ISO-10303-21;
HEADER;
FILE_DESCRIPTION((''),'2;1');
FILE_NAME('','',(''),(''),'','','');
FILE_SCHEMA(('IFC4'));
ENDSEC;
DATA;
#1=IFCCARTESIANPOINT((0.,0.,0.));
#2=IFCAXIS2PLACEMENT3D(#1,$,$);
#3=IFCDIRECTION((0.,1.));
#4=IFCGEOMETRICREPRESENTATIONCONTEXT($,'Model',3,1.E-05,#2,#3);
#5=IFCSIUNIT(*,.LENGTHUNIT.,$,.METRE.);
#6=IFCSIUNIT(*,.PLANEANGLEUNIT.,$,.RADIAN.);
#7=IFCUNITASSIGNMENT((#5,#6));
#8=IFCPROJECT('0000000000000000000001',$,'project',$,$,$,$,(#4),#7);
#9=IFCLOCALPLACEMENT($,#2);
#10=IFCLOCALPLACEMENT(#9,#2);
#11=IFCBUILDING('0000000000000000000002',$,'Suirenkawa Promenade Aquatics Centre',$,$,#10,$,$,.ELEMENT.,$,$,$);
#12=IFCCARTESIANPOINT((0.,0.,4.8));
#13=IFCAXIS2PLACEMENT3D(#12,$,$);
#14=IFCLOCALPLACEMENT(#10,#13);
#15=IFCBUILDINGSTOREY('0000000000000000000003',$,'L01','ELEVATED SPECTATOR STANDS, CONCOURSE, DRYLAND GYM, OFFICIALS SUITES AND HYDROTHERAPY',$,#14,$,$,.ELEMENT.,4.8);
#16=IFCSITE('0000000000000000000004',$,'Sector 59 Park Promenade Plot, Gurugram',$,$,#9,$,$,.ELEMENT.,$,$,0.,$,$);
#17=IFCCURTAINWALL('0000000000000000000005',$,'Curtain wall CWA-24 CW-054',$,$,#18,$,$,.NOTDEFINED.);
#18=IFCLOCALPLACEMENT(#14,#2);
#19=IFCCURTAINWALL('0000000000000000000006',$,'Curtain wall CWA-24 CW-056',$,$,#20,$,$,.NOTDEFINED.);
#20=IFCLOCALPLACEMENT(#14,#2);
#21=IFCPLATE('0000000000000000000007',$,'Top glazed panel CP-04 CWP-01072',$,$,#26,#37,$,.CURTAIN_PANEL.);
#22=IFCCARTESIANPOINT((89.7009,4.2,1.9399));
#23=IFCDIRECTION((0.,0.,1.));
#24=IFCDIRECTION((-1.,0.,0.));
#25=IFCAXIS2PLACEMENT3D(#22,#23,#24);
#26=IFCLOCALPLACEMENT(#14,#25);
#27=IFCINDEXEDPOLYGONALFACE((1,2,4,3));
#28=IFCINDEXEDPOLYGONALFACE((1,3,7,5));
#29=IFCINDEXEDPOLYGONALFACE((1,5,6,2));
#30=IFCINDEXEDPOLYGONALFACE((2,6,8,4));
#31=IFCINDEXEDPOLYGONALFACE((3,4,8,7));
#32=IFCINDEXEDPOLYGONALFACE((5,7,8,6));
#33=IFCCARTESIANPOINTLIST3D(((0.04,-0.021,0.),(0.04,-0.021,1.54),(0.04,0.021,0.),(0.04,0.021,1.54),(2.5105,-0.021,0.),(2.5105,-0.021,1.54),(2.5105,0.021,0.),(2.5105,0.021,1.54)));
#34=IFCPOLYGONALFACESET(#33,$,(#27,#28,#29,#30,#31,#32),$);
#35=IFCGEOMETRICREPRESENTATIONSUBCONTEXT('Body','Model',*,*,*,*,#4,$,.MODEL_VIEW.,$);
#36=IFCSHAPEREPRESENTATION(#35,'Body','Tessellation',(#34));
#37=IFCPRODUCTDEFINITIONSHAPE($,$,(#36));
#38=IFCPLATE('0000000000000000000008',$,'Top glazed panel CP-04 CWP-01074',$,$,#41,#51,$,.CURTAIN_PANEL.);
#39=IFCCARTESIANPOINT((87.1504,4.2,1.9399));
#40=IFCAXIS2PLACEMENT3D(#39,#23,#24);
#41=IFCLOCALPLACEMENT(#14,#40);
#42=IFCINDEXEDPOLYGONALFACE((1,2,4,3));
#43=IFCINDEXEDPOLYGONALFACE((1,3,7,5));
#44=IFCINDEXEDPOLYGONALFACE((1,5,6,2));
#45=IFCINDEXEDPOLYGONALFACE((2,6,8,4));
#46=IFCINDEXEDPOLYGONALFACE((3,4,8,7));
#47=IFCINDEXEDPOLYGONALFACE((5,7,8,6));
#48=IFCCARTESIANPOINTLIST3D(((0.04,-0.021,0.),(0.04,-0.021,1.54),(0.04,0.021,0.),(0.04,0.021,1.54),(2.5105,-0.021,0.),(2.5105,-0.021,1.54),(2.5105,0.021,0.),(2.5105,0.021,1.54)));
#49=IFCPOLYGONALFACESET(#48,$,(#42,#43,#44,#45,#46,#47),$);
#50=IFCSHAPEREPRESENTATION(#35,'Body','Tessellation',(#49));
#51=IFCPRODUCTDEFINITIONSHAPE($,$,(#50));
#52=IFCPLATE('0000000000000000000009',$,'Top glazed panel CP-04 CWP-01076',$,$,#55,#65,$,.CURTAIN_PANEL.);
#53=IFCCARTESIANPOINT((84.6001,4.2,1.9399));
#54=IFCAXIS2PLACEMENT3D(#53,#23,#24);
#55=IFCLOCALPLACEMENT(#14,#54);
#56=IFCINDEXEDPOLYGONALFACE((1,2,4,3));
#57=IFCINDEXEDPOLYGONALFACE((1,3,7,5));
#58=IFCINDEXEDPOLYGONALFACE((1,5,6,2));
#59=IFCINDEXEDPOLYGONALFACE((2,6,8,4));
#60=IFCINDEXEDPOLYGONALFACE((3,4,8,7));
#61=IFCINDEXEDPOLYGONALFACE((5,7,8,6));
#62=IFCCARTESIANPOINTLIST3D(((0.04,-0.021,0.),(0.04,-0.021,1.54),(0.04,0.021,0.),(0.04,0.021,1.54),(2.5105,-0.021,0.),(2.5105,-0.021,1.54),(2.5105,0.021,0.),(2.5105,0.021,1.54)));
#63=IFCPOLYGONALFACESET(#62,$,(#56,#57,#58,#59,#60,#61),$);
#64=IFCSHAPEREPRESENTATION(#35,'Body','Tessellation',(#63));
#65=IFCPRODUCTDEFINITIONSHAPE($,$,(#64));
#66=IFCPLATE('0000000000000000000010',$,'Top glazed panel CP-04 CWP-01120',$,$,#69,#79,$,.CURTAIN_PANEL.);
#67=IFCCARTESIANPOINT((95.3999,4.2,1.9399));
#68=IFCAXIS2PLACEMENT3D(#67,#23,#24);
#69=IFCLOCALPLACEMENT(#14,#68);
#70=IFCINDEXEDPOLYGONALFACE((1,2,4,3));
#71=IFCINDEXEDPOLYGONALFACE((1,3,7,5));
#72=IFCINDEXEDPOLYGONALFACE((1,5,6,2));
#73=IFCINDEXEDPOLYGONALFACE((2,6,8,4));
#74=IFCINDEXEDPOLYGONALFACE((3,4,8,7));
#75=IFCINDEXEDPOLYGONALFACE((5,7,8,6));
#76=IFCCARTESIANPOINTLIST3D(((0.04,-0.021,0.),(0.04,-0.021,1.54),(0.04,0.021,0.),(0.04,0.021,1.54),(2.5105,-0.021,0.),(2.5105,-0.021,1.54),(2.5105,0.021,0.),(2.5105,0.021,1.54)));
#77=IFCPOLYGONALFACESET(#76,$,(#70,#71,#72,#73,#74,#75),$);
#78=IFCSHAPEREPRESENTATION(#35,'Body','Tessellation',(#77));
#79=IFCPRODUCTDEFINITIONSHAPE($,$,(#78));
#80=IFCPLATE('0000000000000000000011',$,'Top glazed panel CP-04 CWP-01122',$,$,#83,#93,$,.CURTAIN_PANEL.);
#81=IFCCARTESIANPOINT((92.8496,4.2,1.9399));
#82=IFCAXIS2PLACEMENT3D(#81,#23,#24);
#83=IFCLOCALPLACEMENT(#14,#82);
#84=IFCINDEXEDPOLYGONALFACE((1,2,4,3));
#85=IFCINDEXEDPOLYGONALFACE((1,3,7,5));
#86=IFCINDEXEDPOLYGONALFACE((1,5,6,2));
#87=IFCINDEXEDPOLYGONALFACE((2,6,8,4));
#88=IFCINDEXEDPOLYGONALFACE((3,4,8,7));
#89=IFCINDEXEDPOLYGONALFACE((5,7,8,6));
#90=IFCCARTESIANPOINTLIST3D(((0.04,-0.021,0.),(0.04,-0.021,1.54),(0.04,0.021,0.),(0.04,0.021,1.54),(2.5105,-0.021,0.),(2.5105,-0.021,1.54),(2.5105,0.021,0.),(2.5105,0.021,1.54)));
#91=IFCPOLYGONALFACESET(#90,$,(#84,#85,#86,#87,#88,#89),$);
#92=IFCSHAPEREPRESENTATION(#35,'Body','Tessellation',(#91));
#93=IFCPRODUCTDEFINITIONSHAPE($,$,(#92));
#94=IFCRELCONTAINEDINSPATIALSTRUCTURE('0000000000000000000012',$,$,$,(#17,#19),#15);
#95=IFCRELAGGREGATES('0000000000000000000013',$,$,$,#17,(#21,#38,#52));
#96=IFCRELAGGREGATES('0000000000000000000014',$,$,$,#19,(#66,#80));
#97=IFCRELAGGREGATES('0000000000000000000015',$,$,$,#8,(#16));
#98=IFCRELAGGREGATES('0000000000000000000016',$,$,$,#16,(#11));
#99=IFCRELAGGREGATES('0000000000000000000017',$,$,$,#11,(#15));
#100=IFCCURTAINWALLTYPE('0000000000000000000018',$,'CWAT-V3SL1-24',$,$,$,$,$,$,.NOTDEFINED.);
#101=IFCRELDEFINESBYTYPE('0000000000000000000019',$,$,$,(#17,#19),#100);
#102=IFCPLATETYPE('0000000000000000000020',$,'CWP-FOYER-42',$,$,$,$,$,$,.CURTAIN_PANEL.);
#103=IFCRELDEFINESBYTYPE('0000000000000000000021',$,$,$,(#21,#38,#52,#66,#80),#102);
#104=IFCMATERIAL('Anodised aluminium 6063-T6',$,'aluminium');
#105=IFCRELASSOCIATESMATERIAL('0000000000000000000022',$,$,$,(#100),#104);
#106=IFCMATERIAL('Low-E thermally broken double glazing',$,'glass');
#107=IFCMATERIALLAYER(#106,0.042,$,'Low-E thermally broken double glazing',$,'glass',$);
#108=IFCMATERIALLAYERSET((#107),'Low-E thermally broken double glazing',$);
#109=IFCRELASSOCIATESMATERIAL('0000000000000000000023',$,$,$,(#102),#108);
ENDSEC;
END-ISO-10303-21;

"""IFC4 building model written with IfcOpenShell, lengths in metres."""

from ifc_helpers import new_model, si_unit, direction, frame, origin, place, context, subcontext, project, spatial, polyline, outline, extrude, material, layer, layer_set, type_object, element, aggregate, save


model = new_model("IFC4")

# Units and contexts
model_context = context("Model", 3, precision=1e-05, world=origin(), true_north=direction((0.0, 1.0)))
body_context = subcontext(model_context, "Body", "Model", "MODEL_VIEW")
ifc_project = project(units=[si_unit("LENGTHUNIT", "METRE"), si_unit("PLANEANGLEUNIT", "RADIAN")], contexts=[model_context])

# Site, building, storey
site_placement = place(None, origin())
site = spatial("IfcSite", under=ifc_project, at=site_placement, Name="Sector 59 Park Promenade Plot, Gurugram", CompositionType="ELEMENT", RefElevation=0.0)
building_placement = place(site_placement, origin())
building = spatial("IfcBuilding", under=site, at=building_placement, Name="Suirenkawa Promenade Aquatics Centre", CompositionType="ELEMENT")
storey_placement = place(building_placement, frame((0.0, 0.0, 4.8)))
storey = spatial("IfcBuildingStorey", under=building, at=storey_placement, Name="L01", Description="ELEVATED SPECTATOR STANDS, CONCOURSE, DRYLAND GYM, OFFICIALS SUITES AND HYDROTHERAPY", CompositionType="ELEMENT", Elevation=4.8)

# Curtain walls
ifc_material_1 = material(Name="Anodised aluminium 6063-T6", Category="aluminium")
curtain_wall_type = type_object("IfcCurtainWallType", Name="CWAT-V3SL1-24", PredefinedType="NOTDEFINED", material=ifc_material_1)
curtain_wall_1_placement = place(storey_placement, origin())
curtain_wall_1 = element("IfcCurtainWall", 1, at=curtain_wall_1_placement, inside=storey, type_object=curtain_wall_type, Name="Curtain wall CWA-24 CW-054", PredefinedType="NOTDEFINED")
curtain_wall_2_placement = place(storey_placement, origin())
curtain_wall_2 = element("IfcCurtainWall", 2, at=curtain_wall_2_placement, inside=storey, type_object=curtain_wall_type, Name="Curtain wall CWA-24 CW-056", PredefinedType="NOTDEFINED")

# Plates
ifc_material_2 = material(Name="Low-E thermally broken double glazing", Category="glass")
ifc_layer_1 = layer(ifc_material_2, 0.042, Name="Low-E thermally broken double glazing", Category="glass")
ifc_layer_set_1 = layer_set([ifc_layer_1], Name="Low-E thermally broken double glazing")
plate_type = type_object("IfcPlateType", Name="CWP-FOYER-42", PredefinedType="CURTAIN_PANEL", material=ifc_layer_set_1)
plate_1_placement = place(storey_placement, frame((89.7009, 4.2, 1.9399), z_axis=(0.0, 0.0, 1.0), x_axis=(-1.0, 0.0, 0.0)))
plate_1 = element("IfcPlate", 3, at=plate_1_placement, type_object=plate_type, Name="Top glazed panel CP-04 CWP-01072", PredefinedType="CURTAIN_PANEL", context=body_context, shape_type="SweptSolid", body=[
    extrude(outline(polyline([(0.04, 0.0), (2.5105, 0.0), (2.5105, 1.54), (0.04, 1.54), (0.04, 0.0)])), frame((0.0, 0.021, 0.0), z_axis=(0.0, -1.0, 0.0), x_axis=(1.0, 0.0, 0.0)), (0.0, 0.0, 1.0), 0.042),
])
plate_2_placement = place(storey_placement, frame((87.1504, 4.2, 1.9399), z_axis=(0.0, 0.0, 1.0), x_axis=(-1.0, 0.0, 0.0)))
plate_2 = element("IfcPlate", 4, at=plate_2_placement, type_object=plate_type, Name="Top glazed panel CP-04 CWP-01074", PredefinedType="CURTAIN_PANEL", context=body_context, shape_type="SweptSolid", body=[
    extrude(outline(polyline([(0.04, 0.0), (2.5105, 0.0), (2.5105, 1.54), (0.04, 1.54), (0.04, 0.0)])), frame((0.0, 0.021, 0.0), z_axis=(0.0, -1.0, 0.0), x_axis=(1.0, 0.0, 0.0)), (0.0, 0.0, 1.0), 0.042),
])
plate_3_placement = place(storey_placement, frame((84.6001, 4.2, 1.9399), z_axis=(0.0, 0.0, 1.0), x_axis=(-1.0, 0.0, 0.0)))
plate_3 = element("IfcPlate", 5, at=plate_3_placement, type_object=plate_type, Name="Top glazed panel CP-04 CWP-01076", PredefinedType="CURTAIN_PANEL", context=body_context, shape_type="SweptSolid", body=[
    extrude(outline(polyline([(0.04, 0.0), (2.5105, 0.0), (2.5105, 1.54), (0.04, 1.54), (0.04, 0.0)])), frame((0.0, 0.021, 0.0), z_axis=(0.0, -1.0, 0.0), x_axis=(1.0, 0.0, 0.0)), (0.0, 0.0, 1.0), 0.042),
])
aggregate(curtain_wall_1, [plate_1, plate_2, plate_3])
plate_4_placement = place(storey_placement, frame((95.3999, 4.2, 1.9399), z_axis=(0.0, 0.0, 1.0), x_axis=(-1.0, 0.0, 0.0)))
plate_4 = element("IfcPlate", 6, at=plate_4_placement, type_object=plate_type, Name="Top glazed panel CP-04 CWP-01120", PredefinedType="CURTAIN_PANEL", context=body_context, shape_type="SweptSolid", body=[
    extrude(outline(polyline([(0.04, 0.0), (2.5105, 0.0), (2.5105, 1.54), (0.04, 1.54), (0.04, 0.0)])), frame((0.0, 0.021, 0.0), z_axis=(0.0, -1.0, 0.0), x_axis=(1.0, 0.0, 0.0)), (0.0, 0.0, 1.0), 0.042),
])
plate_5_placement = place(storey_placement, frame((92.8496, 4.2, 1.9399), z_axis=(0.0, 0.0, 1.0), x_axis=(-1.0, 0.0, 0.0)))
plate_5 = element("IfcPlate", 7, at=plate_5_placement, type_object=plate_type, Name="Top glazed panel CP-04 CWP-01122", PredefinedType="CURTAIN_PANEL", context=body_context, shape_type="SweptSolid", body=[
    extrude(outline(polyline([(0.04, 0.0), (2.5105, 0.0), (2.5105, 1.54), (0.04, 1.54), (0.04, 0.0)])), frame((0.0, 0.021, 0.0), z_axis=(0.0, -1.0, 0.0), x_axis=(1.0, 0.0, 0.0)), (0.0, 0.0, 1.0), 0.042),
])
aggregate(curtain_wall_2, [plate_4, plate_5])

save(model, "model.ifc")
